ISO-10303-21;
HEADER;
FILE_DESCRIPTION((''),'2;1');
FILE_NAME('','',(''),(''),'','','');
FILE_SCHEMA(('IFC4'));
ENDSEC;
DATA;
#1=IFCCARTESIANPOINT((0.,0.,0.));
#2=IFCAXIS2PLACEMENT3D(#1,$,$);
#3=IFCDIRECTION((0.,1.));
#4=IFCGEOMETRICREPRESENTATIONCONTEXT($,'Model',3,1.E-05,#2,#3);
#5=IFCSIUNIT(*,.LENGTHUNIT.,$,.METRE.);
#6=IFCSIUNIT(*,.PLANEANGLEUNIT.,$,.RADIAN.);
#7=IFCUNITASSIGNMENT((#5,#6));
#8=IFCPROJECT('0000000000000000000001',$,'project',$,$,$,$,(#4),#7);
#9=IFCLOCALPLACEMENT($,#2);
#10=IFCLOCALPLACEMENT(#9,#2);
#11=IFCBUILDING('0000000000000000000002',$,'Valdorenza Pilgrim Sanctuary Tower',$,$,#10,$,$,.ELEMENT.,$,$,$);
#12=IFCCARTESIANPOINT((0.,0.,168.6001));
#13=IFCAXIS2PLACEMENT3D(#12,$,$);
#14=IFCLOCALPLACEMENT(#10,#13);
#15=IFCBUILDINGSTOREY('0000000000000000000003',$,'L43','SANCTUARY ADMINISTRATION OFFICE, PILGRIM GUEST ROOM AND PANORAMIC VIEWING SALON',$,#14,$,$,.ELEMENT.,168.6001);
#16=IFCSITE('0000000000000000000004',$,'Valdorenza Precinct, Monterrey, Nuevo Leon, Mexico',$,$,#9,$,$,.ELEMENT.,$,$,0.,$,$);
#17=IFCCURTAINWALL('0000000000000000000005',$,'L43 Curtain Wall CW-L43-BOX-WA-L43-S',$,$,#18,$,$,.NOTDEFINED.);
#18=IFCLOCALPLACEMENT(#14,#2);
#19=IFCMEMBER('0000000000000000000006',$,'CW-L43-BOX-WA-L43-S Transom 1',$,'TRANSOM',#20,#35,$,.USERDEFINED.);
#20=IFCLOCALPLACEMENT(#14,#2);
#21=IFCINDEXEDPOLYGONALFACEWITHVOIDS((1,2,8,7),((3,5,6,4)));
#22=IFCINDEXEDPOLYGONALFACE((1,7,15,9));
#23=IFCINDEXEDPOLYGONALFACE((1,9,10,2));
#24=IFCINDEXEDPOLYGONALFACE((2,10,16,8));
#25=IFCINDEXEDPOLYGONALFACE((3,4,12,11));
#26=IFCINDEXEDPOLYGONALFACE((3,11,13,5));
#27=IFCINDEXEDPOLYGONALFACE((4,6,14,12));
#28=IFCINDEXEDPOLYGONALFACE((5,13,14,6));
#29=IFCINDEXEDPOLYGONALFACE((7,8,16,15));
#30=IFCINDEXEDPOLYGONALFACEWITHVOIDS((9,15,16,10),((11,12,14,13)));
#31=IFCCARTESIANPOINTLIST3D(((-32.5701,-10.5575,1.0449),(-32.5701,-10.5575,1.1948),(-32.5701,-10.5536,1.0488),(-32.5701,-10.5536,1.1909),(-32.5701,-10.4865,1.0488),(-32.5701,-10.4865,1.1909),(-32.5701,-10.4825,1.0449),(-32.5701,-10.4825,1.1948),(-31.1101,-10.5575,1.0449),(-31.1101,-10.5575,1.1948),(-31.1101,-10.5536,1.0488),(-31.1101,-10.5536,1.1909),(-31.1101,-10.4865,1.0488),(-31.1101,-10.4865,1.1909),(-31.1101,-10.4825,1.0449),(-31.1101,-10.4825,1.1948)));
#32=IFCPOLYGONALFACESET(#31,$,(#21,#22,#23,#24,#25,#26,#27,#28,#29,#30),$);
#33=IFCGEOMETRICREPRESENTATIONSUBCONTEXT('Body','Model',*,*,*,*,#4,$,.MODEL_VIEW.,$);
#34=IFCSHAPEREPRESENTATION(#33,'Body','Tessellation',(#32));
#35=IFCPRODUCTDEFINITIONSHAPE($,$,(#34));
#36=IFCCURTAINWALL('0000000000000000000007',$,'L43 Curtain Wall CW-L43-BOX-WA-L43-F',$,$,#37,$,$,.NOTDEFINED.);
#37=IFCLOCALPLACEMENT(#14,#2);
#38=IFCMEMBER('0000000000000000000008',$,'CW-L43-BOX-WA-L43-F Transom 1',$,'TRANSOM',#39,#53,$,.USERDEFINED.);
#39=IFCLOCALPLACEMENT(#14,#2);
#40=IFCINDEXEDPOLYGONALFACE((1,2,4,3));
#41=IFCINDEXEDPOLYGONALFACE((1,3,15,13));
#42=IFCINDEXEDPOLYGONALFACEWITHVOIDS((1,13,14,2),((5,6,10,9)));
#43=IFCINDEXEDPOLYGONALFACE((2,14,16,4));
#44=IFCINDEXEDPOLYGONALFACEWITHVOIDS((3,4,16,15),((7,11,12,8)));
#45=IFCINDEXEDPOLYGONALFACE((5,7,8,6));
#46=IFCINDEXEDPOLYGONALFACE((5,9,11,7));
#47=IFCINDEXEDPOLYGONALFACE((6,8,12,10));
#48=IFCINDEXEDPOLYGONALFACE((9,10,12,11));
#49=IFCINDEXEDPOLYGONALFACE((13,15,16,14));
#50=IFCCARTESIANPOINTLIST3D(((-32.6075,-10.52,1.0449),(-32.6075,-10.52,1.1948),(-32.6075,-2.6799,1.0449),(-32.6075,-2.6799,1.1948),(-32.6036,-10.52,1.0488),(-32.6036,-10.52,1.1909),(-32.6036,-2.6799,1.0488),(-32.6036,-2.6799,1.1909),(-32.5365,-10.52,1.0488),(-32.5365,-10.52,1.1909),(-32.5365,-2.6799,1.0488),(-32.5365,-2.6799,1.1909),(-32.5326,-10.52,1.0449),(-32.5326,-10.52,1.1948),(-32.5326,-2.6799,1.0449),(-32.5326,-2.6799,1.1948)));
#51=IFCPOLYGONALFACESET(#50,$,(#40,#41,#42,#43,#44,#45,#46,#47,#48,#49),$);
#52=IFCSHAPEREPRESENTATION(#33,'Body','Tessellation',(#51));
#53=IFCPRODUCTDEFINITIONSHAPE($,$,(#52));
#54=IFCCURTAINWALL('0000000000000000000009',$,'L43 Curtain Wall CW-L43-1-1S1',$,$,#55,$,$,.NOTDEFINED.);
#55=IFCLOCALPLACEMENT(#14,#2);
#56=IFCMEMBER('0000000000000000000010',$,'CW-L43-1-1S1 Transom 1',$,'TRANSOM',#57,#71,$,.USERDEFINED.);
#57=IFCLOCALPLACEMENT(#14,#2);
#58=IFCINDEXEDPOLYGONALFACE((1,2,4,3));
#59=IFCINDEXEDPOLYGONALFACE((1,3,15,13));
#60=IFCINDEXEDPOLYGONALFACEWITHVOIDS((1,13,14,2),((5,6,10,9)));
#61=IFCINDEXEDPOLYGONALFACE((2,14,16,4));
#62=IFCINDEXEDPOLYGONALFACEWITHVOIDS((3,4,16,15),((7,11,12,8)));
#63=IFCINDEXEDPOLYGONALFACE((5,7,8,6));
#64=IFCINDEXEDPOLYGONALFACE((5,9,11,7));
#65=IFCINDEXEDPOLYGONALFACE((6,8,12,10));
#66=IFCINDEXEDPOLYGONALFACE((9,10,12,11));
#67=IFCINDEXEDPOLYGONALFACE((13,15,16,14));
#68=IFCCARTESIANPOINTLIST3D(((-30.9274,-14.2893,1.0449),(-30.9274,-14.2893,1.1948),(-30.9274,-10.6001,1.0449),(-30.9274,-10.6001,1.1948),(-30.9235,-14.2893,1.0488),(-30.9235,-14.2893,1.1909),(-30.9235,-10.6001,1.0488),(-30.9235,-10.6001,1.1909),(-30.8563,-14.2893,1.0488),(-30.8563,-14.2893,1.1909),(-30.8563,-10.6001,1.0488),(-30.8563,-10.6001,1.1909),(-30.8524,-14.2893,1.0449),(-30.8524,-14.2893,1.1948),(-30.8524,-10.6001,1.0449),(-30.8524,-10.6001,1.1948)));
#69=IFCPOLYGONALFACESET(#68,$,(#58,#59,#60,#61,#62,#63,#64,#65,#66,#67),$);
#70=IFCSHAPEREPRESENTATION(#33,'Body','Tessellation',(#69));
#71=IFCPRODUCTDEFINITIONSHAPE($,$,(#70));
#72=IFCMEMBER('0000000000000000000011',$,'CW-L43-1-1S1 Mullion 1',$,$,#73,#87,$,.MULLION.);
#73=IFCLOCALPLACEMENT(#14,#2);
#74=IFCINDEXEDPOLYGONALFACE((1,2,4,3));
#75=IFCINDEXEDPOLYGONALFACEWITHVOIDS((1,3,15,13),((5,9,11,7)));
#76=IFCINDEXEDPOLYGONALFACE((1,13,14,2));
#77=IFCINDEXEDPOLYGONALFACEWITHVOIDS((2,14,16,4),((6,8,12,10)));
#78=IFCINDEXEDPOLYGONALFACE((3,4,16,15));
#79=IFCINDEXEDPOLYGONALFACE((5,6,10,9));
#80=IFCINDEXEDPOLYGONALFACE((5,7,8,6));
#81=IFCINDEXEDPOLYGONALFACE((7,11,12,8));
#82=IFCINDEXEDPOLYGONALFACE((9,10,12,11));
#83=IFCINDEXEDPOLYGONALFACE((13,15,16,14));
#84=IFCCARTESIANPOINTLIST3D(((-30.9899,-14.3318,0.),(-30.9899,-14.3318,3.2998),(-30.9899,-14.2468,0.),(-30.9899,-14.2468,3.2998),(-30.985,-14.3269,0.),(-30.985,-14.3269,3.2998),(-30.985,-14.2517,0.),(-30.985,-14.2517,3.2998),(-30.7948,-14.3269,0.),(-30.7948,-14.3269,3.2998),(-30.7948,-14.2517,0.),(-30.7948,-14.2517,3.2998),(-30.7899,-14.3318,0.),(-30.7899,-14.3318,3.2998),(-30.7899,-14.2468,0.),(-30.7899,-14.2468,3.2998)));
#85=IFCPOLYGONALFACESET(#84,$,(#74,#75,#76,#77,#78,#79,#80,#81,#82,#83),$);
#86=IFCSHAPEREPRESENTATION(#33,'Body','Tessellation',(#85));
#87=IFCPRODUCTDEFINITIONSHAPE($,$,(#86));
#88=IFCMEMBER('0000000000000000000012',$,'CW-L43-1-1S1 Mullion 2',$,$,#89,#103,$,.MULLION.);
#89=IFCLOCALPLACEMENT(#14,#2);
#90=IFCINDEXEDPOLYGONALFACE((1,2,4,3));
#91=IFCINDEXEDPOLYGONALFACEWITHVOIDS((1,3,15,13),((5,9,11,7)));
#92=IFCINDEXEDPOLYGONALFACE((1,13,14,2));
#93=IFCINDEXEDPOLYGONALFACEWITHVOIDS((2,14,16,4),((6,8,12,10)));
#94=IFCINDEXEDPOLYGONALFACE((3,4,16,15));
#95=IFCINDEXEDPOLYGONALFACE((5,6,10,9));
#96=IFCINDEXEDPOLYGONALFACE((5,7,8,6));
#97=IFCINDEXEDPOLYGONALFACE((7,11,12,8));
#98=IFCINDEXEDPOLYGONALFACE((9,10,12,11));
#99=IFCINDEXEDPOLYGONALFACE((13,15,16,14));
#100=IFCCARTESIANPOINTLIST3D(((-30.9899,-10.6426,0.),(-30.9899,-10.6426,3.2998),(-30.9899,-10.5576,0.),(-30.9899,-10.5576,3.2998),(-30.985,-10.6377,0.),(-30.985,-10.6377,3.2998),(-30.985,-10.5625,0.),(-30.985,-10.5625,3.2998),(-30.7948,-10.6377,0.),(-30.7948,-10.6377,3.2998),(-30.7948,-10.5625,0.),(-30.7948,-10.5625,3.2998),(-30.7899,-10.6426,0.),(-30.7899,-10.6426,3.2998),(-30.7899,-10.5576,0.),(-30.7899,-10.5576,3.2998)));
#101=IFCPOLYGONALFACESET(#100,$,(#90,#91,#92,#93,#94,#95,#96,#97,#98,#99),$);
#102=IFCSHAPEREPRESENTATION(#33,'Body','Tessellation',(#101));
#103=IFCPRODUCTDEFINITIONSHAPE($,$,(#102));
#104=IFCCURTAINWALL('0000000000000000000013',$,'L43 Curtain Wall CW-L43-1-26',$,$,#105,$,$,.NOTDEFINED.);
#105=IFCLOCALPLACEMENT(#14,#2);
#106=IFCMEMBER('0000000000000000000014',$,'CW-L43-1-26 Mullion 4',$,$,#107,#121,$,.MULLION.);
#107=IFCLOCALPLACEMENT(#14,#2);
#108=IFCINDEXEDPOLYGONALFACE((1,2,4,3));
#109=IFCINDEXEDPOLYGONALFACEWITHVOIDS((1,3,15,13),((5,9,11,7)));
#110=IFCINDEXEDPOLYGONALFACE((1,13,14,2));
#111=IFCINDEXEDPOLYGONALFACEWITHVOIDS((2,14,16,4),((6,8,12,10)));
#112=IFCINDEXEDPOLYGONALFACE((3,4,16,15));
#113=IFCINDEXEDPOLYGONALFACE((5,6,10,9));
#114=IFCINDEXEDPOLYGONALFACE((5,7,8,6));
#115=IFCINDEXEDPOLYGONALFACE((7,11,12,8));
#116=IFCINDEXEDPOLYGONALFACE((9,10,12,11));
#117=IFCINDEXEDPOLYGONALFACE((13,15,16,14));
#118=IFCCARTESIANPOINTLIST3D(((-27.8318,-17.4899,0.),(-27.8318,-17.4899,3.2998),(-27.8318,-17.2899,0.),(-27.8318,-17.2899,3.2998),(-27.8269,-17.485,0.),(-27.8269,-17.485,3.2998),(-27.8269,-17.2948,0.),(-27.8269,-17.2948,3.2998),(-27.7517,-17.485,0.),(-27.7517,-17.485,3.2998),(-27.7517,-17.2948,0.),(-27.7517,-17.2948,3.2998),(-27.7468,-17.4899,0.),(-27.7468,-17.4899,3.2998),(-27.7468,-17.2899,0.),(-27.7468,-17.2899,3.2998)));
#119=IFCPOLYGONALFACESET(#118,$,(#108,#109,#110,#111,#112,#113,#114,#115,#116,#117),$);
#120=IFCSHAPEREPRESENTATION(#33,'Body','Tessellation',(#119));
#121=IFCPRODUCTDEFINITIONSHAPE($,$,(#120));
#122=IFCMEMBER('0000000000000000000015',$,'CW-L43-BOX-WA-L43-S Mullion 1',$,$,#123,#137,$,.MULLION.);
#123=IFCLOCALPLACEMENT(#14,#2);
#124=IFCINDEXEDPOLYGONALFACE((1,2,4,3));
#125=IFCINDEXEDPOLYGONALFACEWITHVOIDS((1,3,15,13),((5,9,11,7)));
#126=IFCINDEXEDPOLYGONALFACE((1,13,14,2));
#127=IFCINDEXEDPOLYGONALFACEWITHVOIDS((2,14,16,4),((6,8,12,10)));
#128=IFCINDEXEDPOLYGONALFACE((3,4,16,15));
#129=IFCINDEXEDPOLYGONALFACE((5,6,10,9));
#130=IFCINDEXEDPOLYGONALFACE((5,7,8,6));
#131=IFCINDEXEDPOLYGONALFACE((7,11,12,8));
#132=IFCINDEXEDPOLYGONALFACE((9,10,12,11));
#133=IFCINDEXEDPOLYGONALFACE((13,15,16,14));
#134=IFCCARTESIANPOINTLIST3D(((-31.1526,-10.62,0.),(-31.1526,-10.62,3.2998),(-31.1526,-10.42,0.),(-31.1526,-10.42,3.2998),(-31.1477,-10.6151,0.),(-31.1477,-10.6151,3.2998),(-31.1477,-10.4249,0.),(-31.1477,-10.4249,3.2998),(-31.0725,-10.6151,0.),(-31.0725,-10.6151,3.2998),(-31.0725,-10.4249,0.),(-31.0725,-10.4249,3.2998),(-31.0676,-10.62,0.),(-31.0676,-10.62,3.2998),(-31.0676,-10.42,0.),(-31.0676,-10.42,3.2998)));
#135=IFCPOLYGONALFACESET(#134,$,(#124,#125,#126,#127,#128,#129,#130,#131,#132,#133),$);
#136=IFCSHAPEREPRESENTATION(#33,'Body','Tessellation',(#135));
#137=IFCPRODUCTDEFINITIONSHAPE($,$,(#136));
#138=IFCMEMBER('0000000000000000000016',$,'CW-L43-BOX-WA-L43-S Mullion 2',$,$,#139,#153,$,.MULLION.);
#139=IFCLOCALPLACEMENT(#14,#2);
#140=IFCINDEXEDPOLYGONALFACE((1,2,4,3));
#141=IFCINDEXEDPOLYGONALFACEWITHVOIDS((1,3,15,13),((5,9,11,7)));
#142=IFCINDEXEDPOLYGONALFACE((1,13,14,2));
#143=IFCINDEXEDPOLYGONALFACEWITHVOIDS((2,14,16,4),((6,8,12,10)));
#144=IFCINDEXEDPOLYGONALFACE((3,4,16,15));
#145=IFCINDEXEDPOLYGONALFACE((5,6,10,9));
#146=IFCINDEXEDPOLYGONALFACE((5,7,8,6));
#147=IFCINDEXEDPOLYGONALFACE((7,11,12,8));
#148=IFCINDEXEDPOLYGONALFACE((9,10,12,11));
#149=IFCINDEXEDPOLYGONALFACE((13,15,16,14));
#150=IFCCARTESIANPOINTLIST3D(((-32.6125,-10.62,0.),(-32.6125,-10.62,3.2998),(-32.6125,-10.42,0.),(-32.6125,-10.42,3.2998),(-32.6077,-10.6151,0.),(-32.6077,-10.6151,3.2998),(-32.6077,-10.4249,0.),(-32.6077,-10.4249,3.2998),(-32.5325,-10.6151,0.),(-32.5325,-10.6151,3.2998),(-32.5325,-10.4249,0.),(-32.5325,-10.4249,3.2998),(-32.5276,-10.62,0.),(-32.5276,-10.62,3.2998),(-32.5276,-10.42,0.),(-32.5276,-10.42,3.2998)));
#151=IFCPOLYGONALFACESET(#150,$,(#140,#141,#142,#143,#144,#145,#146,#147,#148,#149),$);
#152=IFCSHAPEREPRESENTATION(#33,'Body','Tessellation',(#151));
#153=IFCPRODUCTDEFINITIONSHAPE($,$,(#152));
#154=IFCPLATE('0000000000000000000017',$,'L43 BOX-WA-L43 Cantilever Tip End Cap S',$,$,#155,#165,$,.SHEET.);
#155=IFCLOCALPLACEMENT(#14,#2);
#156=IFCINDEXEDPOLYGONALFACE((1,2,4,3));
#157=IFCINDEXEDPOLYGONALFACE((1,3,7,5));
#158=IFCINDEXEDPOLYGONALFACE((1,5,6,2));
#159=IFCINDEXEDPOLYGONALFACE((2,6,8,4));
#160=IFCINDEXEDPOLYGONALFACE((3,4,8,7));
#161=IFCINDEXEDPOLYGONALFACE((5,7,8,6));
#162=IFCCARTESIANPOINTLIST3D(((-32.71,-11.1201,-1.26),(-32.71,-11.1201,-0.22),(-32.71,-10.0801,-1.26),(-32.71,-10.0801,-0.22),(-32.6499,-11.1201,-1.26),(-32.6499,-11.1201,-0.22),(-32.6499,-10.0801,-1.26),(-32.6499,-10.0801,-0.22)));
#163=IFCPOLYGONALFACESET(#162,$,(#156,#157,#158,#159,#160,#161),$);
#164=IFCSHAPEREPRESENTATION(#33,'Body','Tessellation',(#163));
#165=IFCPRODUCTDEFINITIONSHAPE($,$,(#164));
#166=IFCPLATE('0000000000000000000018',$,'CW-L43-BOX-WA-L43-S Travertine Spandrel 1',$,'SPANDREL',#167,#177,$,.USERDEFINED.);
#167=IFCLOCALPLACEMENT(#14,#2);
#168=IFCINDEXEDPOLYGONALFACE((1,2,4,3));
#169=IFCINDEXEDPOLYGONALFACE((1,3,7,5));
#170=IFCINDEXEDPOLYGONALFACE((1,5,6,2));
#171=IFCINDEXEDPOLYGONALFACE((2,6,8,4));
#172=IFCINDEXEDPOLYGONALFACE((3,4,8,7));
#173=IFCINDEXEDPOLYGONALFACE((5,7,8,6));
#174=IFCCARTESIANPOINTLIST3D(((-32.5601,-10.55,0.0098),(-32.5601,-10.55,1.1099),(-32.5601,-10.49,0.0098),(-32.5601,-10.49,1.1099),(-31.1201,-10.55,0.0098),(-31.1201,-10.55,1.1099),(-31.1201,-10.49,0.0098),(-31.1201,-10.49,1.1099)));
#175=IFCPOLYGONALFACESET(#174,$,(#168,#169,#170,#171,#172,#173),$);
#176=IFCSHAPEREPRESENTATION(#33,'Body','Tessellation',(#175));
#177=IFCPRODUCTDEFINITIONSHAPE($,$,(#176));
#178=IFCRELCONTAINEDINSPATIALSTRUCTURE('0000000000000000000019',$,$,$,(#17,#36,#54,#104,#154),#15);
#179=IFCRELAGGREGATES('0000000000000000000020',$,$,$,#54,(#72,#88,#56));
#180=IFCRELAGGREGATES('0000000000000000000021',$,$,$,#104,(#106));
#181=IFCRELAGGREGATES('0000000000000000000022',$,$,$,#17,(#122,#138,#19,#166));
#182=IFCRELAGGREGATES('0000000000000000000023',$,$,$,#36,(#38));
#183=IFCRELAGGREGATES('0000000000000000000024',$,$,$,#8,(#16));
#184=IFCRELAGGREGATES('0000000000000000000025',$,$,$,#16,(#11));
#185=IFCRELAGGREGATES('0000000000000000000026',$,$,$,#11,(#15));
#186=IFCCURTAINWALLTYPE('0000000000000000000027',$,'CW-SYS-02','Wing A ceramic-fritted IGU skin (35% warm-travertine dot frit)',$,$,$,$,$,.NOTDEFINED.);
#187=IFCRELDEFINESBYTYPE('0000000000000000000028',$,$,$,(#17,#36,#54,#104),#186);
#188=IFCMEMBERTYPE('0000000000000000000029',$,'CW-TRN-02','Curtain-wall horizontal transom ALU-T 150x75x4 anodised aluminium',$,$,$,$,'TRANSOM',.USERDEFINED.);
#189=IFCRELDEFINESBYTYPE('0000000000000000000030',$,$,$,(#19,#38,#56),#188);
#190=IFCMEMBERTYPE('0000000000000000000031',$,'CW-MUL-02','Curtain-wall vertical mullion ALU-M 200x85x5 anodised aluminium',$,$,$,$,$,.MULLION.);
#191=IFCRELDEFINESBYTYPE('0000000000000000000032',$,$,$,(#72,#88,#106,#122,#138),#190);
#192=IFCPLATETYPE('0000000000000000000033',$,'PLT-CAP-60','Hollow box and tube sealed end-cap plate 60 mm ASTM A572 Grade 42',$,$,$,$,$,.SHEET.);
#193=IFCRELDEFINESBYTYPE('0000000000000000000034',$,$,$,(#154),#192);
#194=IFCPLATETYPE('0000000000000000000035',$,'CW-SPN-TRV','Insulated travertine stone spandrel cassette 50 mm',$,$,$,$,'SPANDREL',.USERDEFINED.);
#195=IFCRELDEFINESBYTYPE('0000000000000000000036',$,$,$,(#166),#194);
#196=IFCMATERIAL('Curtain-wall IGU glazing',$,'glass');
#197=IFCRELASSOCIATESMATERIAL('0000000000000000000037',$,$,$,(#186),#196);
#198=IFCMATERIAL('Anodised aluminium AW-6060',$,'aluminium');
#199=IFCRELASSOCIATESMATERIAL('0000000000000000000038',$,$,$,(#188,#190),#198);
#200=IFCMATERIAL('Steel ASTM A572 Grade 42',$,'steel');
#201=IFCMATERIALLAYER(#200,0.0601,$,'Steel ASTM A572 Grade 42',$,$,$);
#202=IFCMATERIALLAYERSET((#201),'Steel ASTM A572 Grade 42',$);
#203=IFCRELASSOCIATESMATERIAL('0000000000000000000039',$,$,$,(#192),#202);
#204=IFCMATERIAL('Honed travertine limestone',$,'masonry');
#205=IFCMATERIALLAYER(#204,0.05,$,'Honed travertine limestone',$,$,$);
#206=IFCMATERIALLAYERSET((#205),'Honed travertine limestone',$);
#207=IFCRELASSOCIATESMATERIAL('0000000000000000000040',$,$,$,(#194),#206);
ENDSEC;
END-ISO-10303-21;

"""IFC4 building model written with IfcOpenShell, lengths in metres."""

from ifc_helpers import new_model, si_unit, direction, frame, origin, origin_2d, place, context, subcontext, project, spatial, rectangle, hollow_rectangle, extrude, source, transform, mapped, material, layer, layer_set, material_profile, profile_set, type_object, element, aggregate, save


model = new_model("IFC4")

# Units and contexts
model_context = context("Model", 3, precision=1e-05, world=origin(), true_north=direction((0.0, 1.0)))
body_context = subcontext(model_context, "Body", "Model", "MODEL_VIEW")
ifc_project = project(units=[si_unit("LENGTHUNIT", "METRE"), si_unit("PLANEANGLEUNIT", "RADIAN")], contexts=[model_context])

# Site, building, storey
site_placement = place(None, origin())
site = spatial("IfcSite", under=ifc_project, at=site_placement, Name="Valdorenza Precinct, Monterrey, Nuevo Leon, Mexico", CompositionType="ELEMENT", RefElevation=0.0)
building_placement = place(site_placement, origin())
building = spatial("IfcBuilding", under=site, at=building_placement, Name="Valdorenza Pilgrim Sanctuary Tower", CompositionType="ELEMENT")
storey_placement = place(building_placement, frame((0.0, 0.0, 168.6001)))
storey = spatial("IfcBuildingStorey", under=building, at=storey_placement, Name="L43", Description="SANCTUARY ADMINISTRATION OFFICE, PILGRIM GUEST ROOM AND PANORAMIC VIEWING SALON", CompositionType="ELEMENT", Elevation=168.6001)

# Shared definitions
ifc_material_1 = material(Name="Steel ASTM A572 Grade 42", Category="steel")

# Curtain walls, members
ifc_material_2 = material(Name="Curtain-wall IGU glazing", Category="glass")
curtain_wall_type = type_object("IfcCurtainWallType", Name="CW-SYS-02", Description="Wing A ceramic-fritted IGU skin (35% warm-travertine dot frit)", PredefinedType="NOTDEFINED", material=ifc_material_2)
curtain_wall_1_placement = place(storey_placement, origin())
curtain_wall_1 = element("IfcCurtainWall", 1, at=curtain_wall_1_placement, inside=storey, type_object=curtain_wall_type, Name="L43 Curtain Wall CW-L43-BOX-WA-L43-S", PredefinedType="NOTDEFINED")
ifc_material_3 = material(Name="Anodised aluminium AW-6060", Category="aluminium")
ifc_material_profile_1 = material_profile(ifc_material_3, hollow_rectangle(XDim=0.075, YDim=0.1499, WallThickness=0.0039, at=origin_2d()), Name="ALU-T 150x75x4")
ifc_profile_set_1 = profile_set([ifc_material_profile_1], Name="Anodised aluminium AW-6060")
member_type_1 = type_object("IfcMemberType", Name="CW-TRN-02", Description="Curtain-wall horizontal transom ALU-T 150x75x4 anodised aluminium", ElementType="TRANSOM", PredefinedType="USERDEFINED", material=ifc_profile_set_1)
shared_shape_1 = source(origin(), body_context, "Body", "SweptSolid", [
    extrude(hollow_rectangle(XDim=0.075, YDim=0.1499, WallThickness=0.0039, at=origin_2d()), origin(), (0.0, 0.0, 1.0), 1.46),
])
member_1_placement = place(storey_placement, frame((-31.1101, -10.52, 1.1199), z_axis=(-1.0, 0.0, 0.0), x_axis=(0.0, -1.0, 0.0)))
member_1 = element("IfcMember", 2, at=member_1_placement, type_object=member_type_1, Name="CW-L43-BOX-WA-L43-S Transom 1", ObjectType="TRANSOM", PredefinedType="USERDEFINED", context=body_context, shape_type="MappedRepresentation", body=[
    mapped(shared_shape_1, transform((0.0, 0.0, 0.0), x_axis=(1.0, 0.0, 0.0), y_axis=(0.0, 1.0, 0.0), z_axis=(0.0, 0.0, 1.0), scale=1.0)),
])
curtain_wall_2_placement = place(storey_placement, origin())
curtain_wall_2 = element("IfcCurtainWall", 3, at=curtain_wall_2_placement, inside=storey, type_object=curtain_wall_type, Name="L43 Curtain Wall CW-L43-BOX-WA-L43-F", PredefinedType="NOTDEFINED")
shared_shape_2 = source(origin(), body_context, "Body", "SweptSolid", [
    extrude(hollow_rectangle(XDim=0.075, YDim=0.1499, WallThickness=0.0039, at=origin_2d()), origin(), (0.0, 0.0, 1.0), 7.8401),
])
member_2_placement = place(storey_placement, frame((-32.5701, -10.52, 1.1199), z_axis=(0.0, 1.0, 0.0), x_axis=(-1.0, 0.0, 0.0)))
member_2 = element("IfcMember", 4, at=member_2_placement, type_object=member_type_1, Name="CW-L43-BOX-WA-L43-F Transom 1", ObjectType="TRANSOM", PredefinedType="USERDEFINED", context=body_context, shape_type="MappedRepresentation", body=[
    mapped(shared_shape_2, transform((0.0, 0.0, 0.0), x_axis=(1.0, 0.0, 0.0), y_axis=(0.0, 1.0, 0.0), z_axis=(0.0, 0.0, 1.0), scale=1.0)),
])

# Curtain wall, members
curtain_wall_3_placement = place(storey_placement, origin())
curtain_wall_3 = element("IfcCurtainWall", 5, at=curtain_wall_3_placement, inside=storey, type_object=curtain_wall_type, Name="L43 Curtain Wall CW-L43-1-1S1", PredefinedType="NOTDEFINED")
shared_shape_3 = source(origin(), body_context, "Body", "SweptSolid", [
    extrude(hollow_rectangle(XDim=0.075, YDim=0.1499, WallThickness=0.0039, at=origin_2d()), origin(), (0.0, 0.0, 1.0), 3.6892),
])
member_3_placement = place(storey_placement, frame((-30.8899, -14.2893, 1.1199), z_axis=(0.0, 1.0, 0.0), x_axis=(-1.0, 0.0, 0.0)))
member_3 = element("IfcMember", 6, at=member_3_placement, type_object=member_type_1, Name="CW-L43-1-1S1 Transom 1", ObjectType="TRANSOM", PredefinedType="USERDEFINED", context=body_context, shape_type="MappedRepresentation", body=[
    mapped(shared_shape_3, transform((0.0, 0.0, 0.0), x_axis=(1.0, 0.0, 0.0), y_axis=(0.0, 1.0, 0.0), z_axis=(0.0, 0.0, 1.0), scale=1.0)),
])
ifc_material_profile_2 = material_profile(ifc_material_3, hollow_rectangle(XDim=0.085, YDim=0.2, WallThickness=0.0049, at=origin_2d()), Name="ALU-M 200x85x5")
ifc_profile_set_2 = profile_set([ifc_material_profile_2], Name="Anodised aluminium AW-6060")
member_type_2 = type_object("IfcMemberType", Name="CW-MUL-02", Description="Curtain-wall vertical mullion ALU-M 200x85x5 anodised aluminium", PredefinedType="MULLION", material=ifc_profile_set_2)
shared_shape_4 = source(origin(), body_context, "Body", "SweptSolid", [
    extrude(hollow_rectangle(XDim=0.085, YDim=0.2, WallThickness=0.0049, at=origin_2d()), origin(), (0.0, 0.0, 1.0), 3.2998),
])
member_4_placement = place(storey_placement, frame((-30.8899, -14.2893, 0.0), z_axis=(0.0, 0.0, 1.0), x_axis=(0.0, 1.0, 0.0)))
member_4 = element("IfcMember", 7, at=member_4_placement, type_object=member_type_2, Name="CW-L43-1-1S1 Mullion 1", PredefinedType="MULLION", context=body_context, shape_type="MappedRepresentation", body=[
    mapped(shared_shape_4, transform((0.0, 0.0, 0.0), x_axis=(1.0, 0.0, 0.0), y_axis=(0.0, 1.0, 0.0), z_axis=(0.0, 0.0, 1.0), scale=1.0)),
])
member_5_placement = place(storey_placement, frame((-30.8899, -10.6001, 0.0), z_axis=(0.0, 0.0, 1.0), x_axis=(0.0, 1.0, 0.0)))
member_5 = element("IfcMember", 8, at=member_5_placement, type_object=member_type_2, Name="CW-L43-1-1S1 Mullion 2", PredefinedType="MULLION", context=body_context, shape_type="MappedRepresentation", body=[
    mapped(shared_shape_4, transform((0.0, 0.0, 0.0), x_axis=(1.0, 0.0, 0.0), y_axis=(0.0, 1.0, 0.0), z_axis=(0.0, 0.0, 1.0), scale=1.0)),
])

# Curtain wall, member
curtain_wall_4_placement = place(storey_placement, origin())
curtain_wall_4 = element("IfcCurtainWall", 9, at=curtain_wall_4_placement, inside=storey, type_object=curtain_wall_type, Name="L43 Curtain Wall CW-L43-1-26", PredefinedType="NOTDEFINED")
member_6_placement = place(storey_placement, frame((-27.7893, -17.3899, 0.0), z_axis=(0.0, 0.0, 1.0), x_axis=(-1.0, 0.0, 0.0)))
member_6 = element("IfcMember", 10, at=member_6_placement, type_object=member_type_2, Name="CW-L43-1-26 Mullion 4", PredefinedType="MULLION", context=body_context, shape_type="MappedRepresentation", body=[
    mapped(shared_shape_4, transform((0.0, 0.0, 0.0), x_axis=(1.0, 0.0, 0.0), y_axis=(0.0, 1.0, 0.0), z_axis=(0.0, 0.0, 1.0), scale=1.0)),
])

# Members
member_7_placement = place(storey_placement, frame((-31.1101, -10.52, 0.0), z_axis=(0.0, 0.0, 1.0), x_axis=(-1.0, 0.0, 0.0)))
member_7 = element("IfcMember", 11, at=member_7_placement, type_object=member_type_2, Name="CW-L43-BOX-WA-L43-S Mullion 1", PredefinedType="MULLION", context=body_context, shape_type="MappedRepresentation", body=[
    mapped(shared_shape_4, transform((0.0, 0.0, 0.0), x_axis=(1.0, 0.0, 0.0), y_axis=(0.0, 1.0, 0.0), z_axis=(0.0, 0.0, 1.0), scale=1.0)),
])
member_8_placement = place(storey_placement, frame((-32.5701, -10.52, 0.0), z_axis=(0.0, 0.0, 1.0), x_axis=(-1.0, 0.0, 0.0)))
member_8 = element("IfcMember", 12, at=member_8_placement, type_object=member_type_2, Name="CW-L43-BOX-WA-L43-S Mullion 2", PredefinedType="MULLION", context=body_context, shape_type="MappedRepresentation", body=[
    mapped(shared_shape_4, transform((0.0, 0.0, 0.0), x_axis=(1.0, 0.0, 0.0), y_axis=(0.0, 1.0, 0.0), z_axis=(0.0, 0.0, 1.0), scale=1.0)),
])

# Plates
ifc_layer_1 = layer(ifc_material_1, 0.0601, Name="Steel ASTM A572 Grade 42")
ifc_layer_set_1 = layer_set([ifc_layer_1], Name="Steel ASTM A572 Grade 42")
plate_type_1 = type_object("IfcPlateType", Name="PLT-CAP-60", Description="Hollow box and tube sealed end-cap plate 60 mm ASTM A572 Grade 42", PredefinedType="SHEET", material=ifc_layer_set_1)
shared_shape_5 = source(origin(), body_context, "Body", "SweptSolid", [
    extrude(rectangle(XDim=0.0601, YDim=1.04, at=origin_2d()), origin(), (0.0, 0.0, 1.0), 1.04),
])
plate_1_placement = place(storey_placement, frame((-32.6799, -10.6001, -1.26), z_axis=(0.0, 0.0, 1.0), x_axis=(1.0, 0.0, 0.0)))
element("IfcPlate", 13, at=plate_1_placement, inside=storey, type_object=plate_type_1, Name="L43 BOX-WA-L43 Cantilever Tip End Cap S", PredefinedType="SHEET", context=body_context, shape_type="MappedRepresentation", body=[
    mapped(shared_shape_5, transform((0.0, 0.0, 0.0), x_axis=(1.0, 0.0, 0.0), y_axis=(0.0, 1.0, 0.0), z_axis=(0.0, 0.0, 1.0), scale=1.0)),
])
ifc_material_4 = material(Name="Honed travertine limestone", Category="masonry")
ifc_layer_2 = layer(ifc_material_4, 0.05, Name="Honed travertine limestone")
ifc_layer_set_2 = layer_set([ifc_layer_2], Name="Honed travertine limestone")
plate_type_2 = type_object("IfcPlateType", Name="CW-SPN-TRV", Description="Insulated travertine stone spandrel cassette 50 mm", ElementType="SPANDREL", PredefinedType="USERDEFINED", material=ifc_layer_set_2)
shared_shape_6 = source(origin(), body_context, "Body", "SweptSolid", [
    extrude(rectangle(XDim=1.4399, YDim=0.0601, at=origin_2d()), origin(), (0.0, 0.0, 1.0), 1.1001),
])
plate_2_placement = place(storey_placement, frame((-31.8401, -10.52, 0.0098), z_axis=(0.0, 0.0, 1.0), x_axis=(-1.0, 0.0, 0.0)))
plate_2 = element("IfcPlate", 14, at=plate_2_placement, type_object=plate_type_2, Name="CW-L43-BOX-WA-L43-S Travertine Spandrel 1", ObjectType="SPANDREL", PredefinedType="USERDEFINED", context=body_context, shape_type="MappedRepresentation", body=[
    mapped(shared_shape_6, transform((0.0, 0.0, 0.0), x_axis=(1.0, 0.0, 0.0), y_axis=(0.0, 1.0, 0.0), z_axis=(0.0, 0.0, 1.0), scale=1.0)),
])
aggregate(curtain_wall_3, [member_4, member_5, member_3])
aggregate(curtain_wall_4, [member_6])
aggregate(curtain_wall_1, [member_7, member_8, member_1, plate_2])
aggregate(curtain_wall_2, [member_2])

save(model, "model.ifc")
